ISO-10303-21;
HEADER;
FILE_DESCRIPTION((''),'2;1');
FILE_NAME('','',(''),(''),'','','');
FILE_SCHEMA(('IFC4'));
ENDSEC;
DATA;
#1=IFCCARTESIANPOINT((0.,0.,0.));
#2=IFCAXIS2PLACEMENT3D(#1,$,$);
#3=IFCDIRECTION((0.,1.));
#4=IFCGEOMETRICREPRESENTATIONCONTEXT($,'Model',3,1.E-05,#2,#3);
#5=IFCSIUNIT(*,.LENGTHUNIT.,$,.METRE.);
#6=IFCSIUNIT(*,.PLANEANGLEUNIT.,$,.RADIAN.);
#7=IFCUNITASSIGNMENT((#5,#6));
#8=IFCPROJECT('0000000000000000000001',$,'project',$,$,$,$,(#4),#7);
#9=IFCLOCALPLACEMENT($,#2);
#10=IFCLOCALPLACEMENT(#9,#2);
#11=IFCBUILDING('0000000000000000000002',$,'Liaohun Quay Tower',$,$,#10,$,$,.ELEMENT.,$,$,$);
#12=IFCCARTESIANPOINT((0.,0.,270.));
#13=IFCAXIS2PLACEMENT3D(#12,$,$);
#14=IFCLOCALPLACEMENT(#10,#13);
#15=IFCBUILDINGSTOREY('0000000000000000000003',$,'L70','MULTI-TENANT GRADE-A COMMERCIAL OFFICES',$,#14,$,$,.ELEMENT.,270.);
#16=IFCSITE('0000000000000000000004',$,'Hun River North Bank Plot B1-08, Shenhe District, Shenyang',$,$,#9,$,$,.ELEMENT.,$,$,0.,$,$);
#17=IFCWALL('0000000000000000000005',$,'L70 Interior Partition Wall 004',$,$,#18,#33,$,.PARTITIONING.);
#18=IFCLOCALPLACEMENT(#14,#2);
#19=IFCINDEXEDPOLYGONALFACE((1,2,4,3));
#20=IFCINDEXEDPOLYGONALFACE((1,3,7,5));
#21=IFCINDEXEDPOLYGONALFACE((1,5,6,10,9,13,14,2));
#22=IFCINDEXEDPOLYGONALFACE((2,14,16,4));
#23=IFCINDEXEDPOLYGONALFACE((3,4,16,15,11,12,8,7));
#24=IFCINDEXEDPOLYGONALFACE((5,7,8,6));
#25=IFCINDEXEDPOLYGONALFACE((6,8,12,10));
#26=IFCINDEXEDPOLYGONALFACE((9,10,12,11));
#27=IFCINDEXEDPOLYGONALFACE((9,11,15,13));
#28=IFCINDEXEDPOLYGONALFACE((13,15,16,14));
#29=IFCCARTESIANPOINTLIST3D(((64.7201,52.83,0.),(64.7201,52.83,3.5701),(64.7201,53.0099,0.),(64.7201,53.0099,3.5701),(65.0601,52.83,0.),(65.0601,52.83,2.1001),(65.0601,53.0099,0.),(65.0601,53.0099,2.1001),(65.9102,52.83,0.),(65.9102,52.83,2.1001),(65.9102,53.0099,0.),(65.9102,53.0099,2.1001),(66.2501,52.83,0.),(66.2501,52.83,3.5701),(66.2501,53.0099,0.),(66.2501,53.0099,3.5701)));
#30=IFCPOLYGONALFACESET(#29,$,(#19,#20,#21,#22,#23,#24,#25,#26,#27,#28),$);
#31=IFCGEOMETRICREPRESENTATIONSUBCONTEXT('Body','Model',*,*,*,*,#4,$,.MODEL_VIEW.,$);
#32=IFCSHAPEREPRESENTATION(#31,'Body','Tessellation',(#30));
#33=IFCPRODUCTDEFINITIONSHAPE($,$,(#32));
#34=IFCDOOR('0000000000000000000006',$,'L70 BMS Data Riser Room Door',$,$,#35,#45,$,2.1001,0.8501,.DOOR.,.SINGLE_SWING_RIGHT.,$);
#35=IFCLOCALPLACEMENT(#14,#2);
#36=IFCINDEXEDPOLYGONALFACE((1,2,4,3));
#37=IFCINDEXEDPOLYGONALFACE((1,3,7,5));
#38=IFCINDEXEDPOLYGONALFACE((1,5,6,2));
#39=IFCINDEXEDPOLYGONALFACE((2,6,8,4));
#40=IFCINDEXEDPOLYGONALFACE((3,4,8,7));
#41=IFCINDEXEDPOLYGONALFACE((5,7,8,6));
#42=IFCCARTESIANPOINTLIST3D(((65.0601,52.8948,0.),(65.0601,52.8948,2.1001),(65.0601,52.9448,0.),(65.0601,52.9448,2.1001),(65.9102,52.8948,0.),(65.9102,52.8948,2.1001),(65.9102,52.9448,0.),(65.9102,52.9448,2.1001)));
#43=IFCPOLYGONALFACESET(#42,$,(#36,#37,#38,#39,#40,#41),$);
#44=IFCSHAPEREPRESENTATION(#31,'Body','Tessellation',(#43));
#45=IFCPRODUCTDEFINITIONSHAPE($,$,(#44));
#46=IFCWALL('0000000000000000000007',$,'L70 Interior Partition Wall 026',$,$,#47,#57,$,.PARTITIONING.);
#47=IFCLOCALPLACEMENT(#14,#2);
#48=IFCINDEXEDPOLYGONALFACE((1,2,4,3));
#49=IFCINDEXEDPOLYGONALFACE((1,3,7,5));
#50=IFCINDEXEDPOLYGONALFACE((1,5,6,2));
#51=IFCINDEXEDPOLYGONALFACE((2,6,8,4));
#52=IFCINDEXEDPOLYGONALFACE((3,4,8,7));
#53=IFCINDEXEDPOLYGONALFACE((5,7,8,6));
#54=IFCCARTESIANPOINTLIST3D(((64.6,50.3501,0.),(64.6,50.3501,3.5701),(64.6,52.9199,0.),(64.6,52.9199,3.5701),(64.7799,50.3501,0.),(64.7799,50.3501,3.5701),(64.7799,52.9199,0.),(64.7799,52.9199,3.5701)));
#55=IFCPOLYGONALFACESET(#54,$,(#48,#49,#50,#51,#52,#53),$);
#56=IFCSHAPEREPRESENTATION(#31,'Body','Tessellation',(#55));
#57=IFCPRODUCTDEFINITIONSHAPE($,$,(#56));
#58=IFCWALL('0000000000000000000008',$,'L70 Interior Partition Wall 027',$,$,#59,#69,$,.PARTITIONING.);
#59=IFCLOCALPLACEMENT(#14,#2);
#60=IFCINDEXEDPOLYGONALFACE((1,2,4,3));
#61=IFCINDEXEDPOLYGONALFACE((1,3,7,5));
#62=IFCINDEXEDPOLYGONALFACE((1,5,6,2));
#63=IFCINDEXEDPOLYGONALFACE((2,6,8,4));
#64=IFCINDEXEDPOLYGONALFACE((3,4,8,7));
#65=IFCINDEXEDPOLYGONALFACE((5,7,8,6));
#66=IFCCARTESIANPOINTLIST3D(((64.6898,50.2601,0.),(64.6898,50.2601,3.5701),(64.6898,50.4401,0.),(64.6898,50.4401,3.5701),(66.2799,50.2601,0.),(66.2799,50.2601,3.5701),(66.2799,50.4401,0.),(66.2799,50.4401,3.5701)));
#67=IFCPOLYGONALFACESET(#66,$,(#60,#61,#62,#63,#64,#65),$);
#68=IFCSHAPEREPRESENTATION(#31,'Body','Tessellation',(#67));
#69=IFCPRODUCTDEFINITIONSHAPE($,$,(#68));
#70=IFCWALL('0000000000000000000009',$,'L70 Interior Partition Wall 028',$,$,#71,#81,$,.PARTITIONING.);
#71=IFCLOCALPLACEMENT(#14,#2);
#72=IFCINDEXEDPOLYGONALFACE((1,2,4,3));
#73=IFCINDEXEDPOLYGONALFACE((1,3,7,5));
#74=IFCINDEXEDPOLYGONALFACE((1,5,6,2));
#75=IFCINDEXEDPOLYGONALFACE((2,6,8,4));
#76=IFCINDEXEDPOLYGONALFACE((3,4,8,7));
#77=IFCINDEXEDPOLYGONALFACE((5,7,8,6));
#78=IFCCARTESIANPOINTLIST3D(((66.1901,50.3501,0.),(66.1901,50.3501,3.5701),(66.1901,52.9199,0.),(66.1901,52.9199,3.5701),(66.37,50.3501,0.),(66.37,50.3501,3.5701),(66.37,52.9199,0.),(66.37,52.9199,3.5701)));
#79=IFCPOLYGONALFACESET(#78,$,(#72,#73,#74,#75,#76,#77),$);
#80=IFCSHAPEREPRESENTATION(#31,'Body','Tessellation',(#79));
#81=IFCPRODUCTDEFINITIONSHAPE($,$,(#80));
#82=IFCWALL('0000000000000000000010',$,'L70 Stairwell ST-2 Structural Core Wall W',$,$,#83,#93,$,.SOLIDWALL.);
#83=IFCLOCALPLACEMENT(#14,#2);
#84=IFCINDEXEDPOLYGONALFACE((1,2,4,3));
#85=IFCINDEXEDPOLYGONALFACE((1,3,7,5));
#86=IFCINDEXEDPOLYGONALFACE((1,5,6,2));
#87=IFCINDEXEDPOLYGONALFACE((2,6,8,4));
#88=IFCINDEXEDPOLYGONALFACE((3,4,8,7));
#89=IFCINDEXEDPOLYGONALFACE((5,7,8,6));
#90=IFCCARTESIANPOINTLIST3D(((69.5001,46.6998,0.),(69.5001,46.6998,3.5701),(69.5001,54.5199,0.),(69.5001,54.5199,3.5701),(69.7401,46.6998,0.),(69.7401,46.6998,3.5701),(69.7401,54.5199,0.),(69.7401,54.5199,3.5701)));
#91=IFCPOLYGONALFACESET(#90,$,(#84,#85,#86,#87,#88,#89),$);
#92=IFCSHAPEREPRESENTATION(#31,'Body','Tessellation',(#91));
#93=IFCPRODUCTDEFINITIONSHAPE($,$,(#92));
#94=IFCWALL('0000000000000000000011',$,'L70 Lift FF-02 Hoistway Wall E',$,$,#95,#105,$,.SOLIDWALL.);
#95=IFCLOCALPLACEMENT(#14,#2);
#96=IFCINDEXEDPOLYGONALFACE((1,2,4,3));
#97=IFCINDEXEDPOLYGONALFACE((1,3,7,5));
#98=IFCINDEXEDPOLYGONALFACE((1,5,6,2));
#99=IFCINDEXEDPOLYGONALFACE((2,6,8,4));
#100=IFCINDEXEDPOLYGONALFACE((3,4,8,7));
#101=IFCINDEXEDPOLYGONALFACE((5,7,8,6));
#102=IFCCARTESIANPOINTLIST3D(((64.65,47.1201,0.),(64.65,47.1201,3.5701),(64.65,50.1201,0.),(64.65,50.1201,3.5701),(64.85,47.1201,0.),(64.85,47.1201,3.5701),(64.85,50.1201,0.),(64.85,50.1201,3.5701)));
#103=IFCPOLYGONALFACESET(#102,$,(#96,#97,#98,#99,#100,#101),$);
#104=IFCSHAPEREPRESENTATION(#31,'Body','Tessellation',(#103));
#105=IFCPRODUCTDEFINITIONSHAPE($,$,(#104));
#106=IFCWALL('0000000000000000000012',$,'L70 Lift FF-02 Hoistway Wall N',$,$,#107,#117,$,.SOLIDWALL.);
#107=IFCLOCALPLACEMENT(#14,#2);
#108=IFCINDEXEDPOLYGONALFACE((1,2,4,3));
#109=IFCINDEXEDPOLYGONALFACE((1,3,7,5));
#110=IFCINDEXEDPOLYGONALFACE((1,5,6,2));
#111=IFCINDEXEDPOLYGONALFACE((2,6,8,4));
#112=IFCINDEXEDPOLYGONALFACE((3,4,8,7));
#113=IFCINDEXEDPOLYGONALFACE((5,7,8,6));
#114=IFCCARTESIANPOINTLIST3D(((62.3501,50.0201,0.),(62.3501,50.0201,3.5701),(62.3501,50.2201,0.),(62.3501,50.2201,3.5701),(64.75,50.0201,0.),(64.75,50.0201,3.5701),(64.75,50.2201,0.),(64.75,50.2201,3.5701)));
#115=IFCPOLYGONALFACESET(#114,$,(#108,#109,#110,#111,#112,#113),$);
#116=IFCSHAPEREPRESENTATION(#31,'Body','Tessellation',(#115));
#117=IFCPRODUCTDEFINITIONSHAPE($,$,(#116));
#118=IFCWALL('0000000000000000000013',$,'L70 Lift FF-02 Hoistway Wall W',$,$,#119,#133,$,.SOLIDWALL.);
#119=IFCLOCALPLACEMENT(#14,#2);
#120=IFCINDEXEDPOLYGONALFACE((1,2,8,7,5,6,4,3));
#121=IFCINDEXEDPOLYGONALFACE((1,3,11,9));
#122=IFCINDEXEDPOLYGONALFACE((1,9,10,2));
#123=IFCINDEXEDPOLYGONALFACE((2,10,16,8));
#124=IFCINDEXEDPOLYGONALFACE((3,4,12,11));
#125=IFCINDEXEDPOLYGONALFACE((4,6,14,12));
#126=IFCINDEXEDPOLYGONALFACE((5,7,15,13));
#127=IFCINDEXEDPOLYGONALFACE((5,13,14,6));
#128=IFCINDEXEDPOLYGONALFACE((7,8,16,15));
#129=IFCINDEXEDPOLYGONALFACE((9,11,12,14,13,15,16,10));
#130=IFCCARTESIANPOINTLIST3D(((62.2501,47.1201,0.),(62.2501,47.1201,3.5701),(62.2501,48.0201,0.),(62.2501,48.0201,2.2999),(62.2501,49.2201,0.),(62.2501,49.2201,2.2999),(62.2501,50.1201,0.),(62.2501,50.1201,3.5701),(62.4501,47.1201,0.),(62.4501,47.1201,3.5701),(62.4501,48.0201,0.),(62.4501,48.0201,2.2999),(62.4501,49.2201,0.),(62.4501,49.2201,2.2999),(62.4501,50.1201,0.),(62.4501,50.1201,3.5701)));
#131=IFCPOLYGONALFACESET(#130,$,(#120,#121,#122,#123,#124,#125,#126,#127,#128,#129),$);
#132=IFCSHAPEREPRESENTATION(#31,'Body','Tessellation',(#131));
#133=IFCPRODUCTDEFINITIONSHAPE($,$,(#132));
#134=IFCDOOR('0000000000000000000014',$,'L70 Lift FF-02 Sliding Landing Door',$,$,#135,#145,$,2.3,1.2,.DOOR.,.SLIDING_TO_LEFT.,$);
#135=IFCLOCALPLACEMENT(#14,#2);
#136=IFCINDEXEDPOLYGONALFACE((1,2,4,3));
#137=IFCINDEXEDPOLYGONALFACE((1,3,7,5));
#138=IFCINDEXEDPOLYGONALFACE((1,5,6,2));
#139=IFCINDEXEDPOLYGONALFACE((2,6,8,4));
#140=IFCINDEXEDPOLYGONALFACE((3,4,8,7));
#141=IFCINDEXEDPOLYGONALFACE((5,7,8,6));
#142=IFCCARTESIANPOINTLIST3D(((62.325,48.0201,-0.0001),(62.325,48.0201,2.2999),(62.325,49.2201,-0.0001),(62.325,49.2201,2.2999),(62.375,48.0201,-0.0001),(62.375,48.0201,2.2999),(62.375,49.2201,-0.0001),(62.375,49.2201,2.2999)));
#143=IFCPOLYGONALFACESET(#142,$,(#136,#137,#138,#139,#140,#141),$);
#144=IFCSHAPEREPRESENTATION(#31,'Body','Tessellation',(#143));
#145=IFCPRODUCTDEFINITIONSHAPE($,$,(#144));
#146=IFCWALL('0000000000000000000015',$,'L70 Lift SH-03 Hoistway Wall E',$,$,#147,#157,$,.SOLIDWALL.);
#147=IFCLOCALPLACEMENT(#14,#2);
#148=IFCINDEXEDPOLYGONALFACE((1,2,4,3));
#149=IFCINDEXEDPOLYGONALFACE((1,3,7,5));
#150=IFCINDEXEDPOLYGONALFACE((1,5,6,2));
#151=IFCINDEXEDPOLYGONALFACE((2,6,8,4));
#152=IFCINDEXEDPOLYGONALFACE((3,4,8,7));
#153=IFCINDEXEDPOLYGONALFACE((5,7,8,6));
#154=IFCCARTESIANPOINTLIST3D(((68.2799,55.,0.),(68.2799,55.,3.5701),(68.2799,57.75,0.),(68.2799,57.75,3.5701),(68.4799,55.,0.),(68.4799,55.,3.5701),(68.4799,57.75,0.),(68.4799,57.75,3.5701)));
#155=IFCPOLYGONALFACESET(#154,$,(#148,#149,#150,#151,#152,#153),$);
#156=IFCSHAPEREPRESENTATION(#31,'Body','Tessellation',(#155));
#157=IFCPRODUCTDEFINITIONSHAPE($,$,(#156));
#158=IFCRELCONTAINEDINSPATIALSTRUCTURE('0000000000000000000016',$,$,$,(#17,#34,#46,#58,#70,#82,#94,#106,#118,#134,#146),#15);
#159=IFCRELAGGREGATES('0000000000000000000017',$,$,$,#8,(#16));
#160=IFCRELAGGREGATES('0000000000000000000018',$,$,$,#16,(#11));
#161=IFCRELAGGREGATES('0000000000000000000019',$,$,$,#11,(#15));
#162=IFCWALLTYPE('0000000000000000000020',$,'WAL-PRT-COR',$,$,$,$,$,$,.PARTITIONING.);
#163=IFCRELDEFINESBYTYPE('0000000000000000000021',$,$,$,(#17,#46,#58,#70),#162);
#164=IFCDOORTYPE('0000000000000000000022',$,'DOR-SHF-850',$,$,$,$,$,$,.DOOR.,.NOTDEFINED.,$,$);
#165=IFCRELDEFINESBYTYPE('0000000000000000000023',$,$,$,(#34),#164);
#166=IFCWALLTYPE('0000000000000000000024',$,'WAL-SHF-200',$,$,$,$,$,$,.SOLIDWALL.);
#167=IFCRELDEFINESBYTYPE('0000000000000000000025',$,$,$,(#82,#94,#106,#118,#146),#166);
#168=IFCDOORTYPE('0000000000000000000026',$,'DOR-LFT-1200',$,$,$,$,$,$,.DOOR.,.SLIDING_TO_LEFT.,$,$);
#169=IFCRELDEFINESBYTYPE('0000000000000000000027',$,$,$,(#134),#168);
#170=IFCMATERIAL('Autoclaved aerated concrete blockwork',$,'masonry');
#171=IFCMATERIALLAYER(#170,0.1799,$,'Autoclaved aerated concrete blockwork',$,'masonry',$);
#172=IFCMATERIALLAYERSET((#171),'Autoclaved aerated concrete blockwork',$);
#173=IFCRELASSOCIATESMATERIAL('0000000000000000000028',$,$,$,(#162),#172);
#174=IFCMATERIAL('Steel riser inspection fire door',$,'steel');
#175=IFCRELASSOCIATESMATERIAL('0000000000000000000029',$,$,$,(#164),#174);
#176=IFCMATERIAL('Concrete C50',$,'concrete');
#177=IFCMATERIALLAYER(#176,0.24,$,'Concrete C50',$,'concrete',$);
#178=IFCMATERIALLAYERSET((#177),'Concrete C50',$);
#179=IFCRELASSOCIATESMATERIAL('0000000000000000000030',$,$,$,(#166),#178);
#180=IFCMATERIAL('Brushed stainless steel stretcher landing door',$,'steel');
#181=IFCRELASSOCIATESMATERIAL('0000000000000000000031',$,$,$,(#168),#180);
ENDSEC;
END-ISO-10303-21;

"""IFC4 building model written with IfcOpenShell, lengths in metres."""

from ifc_helpers import new_model, si_unit, direction, frame, frame_2d, origin, place, context, subcontext, project, spatial, rectangle, extrude, source, transform, mapped, material, layer, layer_set, type_object, element, fill, save


model = new_model("IFC4")

# Units and contexts
model_context = context("Model", 3, precision=1e-05, world=origin(), true_north=direction((0.0, 1.0)))
body_context = subcontext(model_context, "Body", "Model", "MODEL_VIEW")
ifc_project = project(units=[si_unit("LENGTHUNIT", "METRE"), si_unit("PLANEANGLEUNIT", "RADIAN")], contexts=[model_context])

# Site, building, storey
site_placement = place(None, origin())
site = spatial("IfcSite", under=ifc_project, at=site_placement, Name="Hun River North Bank Plot B1-08, Shenhe District, Shenyang", CompositionType="ELEMENT", RefElevation=0.0)
building_placement = place(site_placement, origin())
building = spatial("IfcBuilding", under=site, at=building_placement, Name="Liaohun Quay Tower", CompositionType="ELEMENT")
storey_placement = place(building_placement, frame((0.0, 0.0, 270.0)))
storey = spatial("IfcBuildingStorey", under=building, at=storey_placement, Name="L70", Description="MULTI-TENANT GRADE-A COMMERCIAL OFFICES", CompositionType="ELEMENT", Elevation=270.0)

# Wall, opening, door
ifc_material_1 = material(Name="Autoclaved aerated concrete blockwork", Category="masonry")
ifc_layer_1 = layer(ifc_material_1, 0.1799, Name="Autoclaved aerated concrete blockwork", Category="masonry")
ifc_layer_set_1 = layer_set([ifc_layer_1], Name="Autoclaved aerated concrete blockwork")
wall_type_1 = type_object("IfcWallType", Name="WAL-PRT-COR", PredefinedType="PARTITIONING", material=ifc_layer_set_1)
wall_1_placement = place(storey_placement, frame((64.72, 52.9199, 0.0), z_axis=(0.0, 0.0, 1.0), x_axis=(1.0, 0.0, 0.0)))
wall_1 = element("IfcWall", 1, at=wall_1_placement, inside=storey, type_object=wall_type_1, Name="L70 Interior Partition Wall 004", PredefinedType="PARTITIONING", context=body_context, shape_type="SweptSolid", body=[
    extrude(rectangle(XDim=1.53, YDim=0.1799, at=frame_2d((0.7651, 0.0))), origin(), (0.0, 0.0, 1.0), 3.5701),
])
shared_shape_1 = source(origin(), body_context, "Body", "SweptSolid", [
    extrude(rectangle(XDim=0.8501, YDim=2.1001, at=frame_2d((0.425, 1.05))), frame((0.0, 0.0999, 0.0), z_axis=(0.0, -1.0, 0.0), x_axis=(1.0, 0.0, 0.0)), (0.0, 0.0, 1.0), 0.2),
])
opening_1_placement = place(wall_1_placement, frame((0.3401, 0.0, 0.0)))
opening_1 = element("IfcOpeningElement", 2, at=opening_1_placement, cuts=wall_1, PredefinedType="OPENING", context=body_context, shape_type="MappedRepresentation", body=[
    mapped(shared_shape_1, transform((0.0, 0.0, 0.0), x_axis=(1.0, 0.0, 0.0), y_axis=(0.0, 1.0, 0.0), z_axis=(0.0, 0.0, 1.0), scale=1.0)),
])
ifc_material_2 = material(Name="Steel riser inspection fire door", Category="steel")
door_type_1 = type_object("IfcDoorType", Name="DOR-SHF-850", OperationType="NOTDEFINED", PredefinedType="DOOR", material=ifc_material_2)
shared_shape_2 = source(origin(), body_context, "Body", "SweptSolid", [
    extrude(rectangle(XDim=0.8501, YDim=2.1001, at=frame_2d((0.425, 1.05))), frame((0.0, 0.0249, 0.0), z_axis=(0.0, -1.0, 0.0), x_axis=(1.0, 0.0, 0.0)), (0.0, 0.0, 1.0), 0.05),
])
door_1_placement = place(opening_1_placement, origin())
door_1 = element("IfcDoor", 3, at=door_1_placement, inside=storey, type_object=door_type_1, Name="L70 BMS Data Riser Room Door", OperationType="SINGLE_SWING_RIGHT", OverallHeight=2.1001, OverallWidth=0.8501, PredefinedType="DOOR", context=body_context, shape_type="MappedRepresentation", body=[
    mapped(shared_shape_2, transform((0.0, 0.0, 0.0), x_axis=(1.0, 0.0, 0.0), y_axis=(0.0, 1.0, 0.0), z_axis=(0.0, 0.0, 1.0), scale=1.0)),
])
fill(opening_1, door_1)

# Walls
wall_2_placement = place(storey_placement, frame((64.6899, 50.3501, 0.0), z_axis=(0.0, 0.0, 1.0), x_axis=(0.0, 1.0, 0.0)))
element("IfcWall", 4, at=wall_2_placement, inside=storey, type_object=wall_type_1, Name="L70 Interior Partition Wall 026", PredefinedType="PARTITIONING", context=body_context, shape_type="SweptSolid", body=[
    extrude(rectangle(XDim=2.5698, YDim=0.1799, at=frame_2d((1.2849, 0.0))), origin(), (0.0, 0.0, 1.0), 3.5701),
])
wall_3_placement = place(storey_placement, frame((64.6899, 50.3501, 0.0), z_axis=(0.0, 0.0, 1.0), x_axis=(1.0, 0.0, 0.0)))
element("IfcWall", 5, at=wall_3_placement, inside=storey, type_object=wall_type_1, Name="L70 Interior Partition Wall 027", PredefinedType="PARTITIONING", context=body_context, shape_type="SweptSolid", body=[
    extrude(rectangle(XDim=1.5901, YDim=0.1799, at=frame_2d((0.7949, 0.0))), origin(), (0.0, 0.0, 1.0), 3.5701),
])
wall_4_placement = place(storey_placement, frame((66.28, 50.3501, 0.0), z_axis=(0.0, 0.0, 1.0), x_axis=(0.0, 1.0, 0.0)))
element("IfcWall", 6, at=wall_4_placement, inside=storey, type_object=wall_type_1, Name="L70 Interior Partition Wall 028", PredefinedType="PARTITIONING", context=body_context, shape_type="SweptSolid", body=[
    extrude(rectangle(XDim=2.5698, YDim=0.1799, at=frame_2d((1.2849, 0.0))), origin(), (0.0, 0.0, 1.0), 3.5701),
])
ifc_material_3 = material(Name="Concrete C50", Category="concrete")
ifc_layer_2 = layer(ifc_material_3, 0.24, Name="Concrete C50", Category="concrete")
ifc_layer_set_2 = layer_set([ifc_layer_2], Name="Concrete C50")
wall_type_2 = type_object("IfcWallType", Name="WAL-SHF-200", PredefinedType="SOLIDWALL", material=ifc_layer_set_2)
wall_5_placement = place(storey_placement, frame((69.6201, 54.52, 0.0), z_axis=(0.0, 0.0, 1.0), x_axis=(0.0, -1.0, 0.0)))
element("IfcWall", 7, at=wall_5_placement, inside=storey, type_object=wall_type_2, Name="L70 Stairwell ST-2 Structural Core Wall W", PredefinedType="SOLIDWALL", context=body_context, shape_type="SweptSolid", body=[
    extrude(rectangle(XDim=7.8201, YDim=0.24, at=frame_2d((3.9102, 0.0))), origin(), (0.0, 0.0, 1.0), 3.5701),
])
wall_6_placement = place(storey_placement, frame((64.75, 47.1201, 0.0), z_axis=(0.0, 0.0, 1.0), x_axis=(0.0, 1.0, 0.0)))
element("IfcWall", 8, at=wall_6_placement, inside=storey, type_object=wall_type_2, Name="L70 Lift FF-02 Hoistway Wall E", PredefinedType="SOLIDWALL", context=body_context, shape_type="SweptSolid", body=[
    extrude(rectangle(XDim=3.0, YDim=0.2, at=frame_2d((1.5, 0.0))), origin(), (0.0, 0.0, 1.0), 3.5701),
])
wall_7_placement = place(storey_placement, frame((64.75, 50.1201, 0.0), z_axis=(0.0, 0.0, 1.0), x_axis=(-1.0, 0.0, 0.0)))
element("IfcWall", 9, at=wall_7_placement, inside=storey, type_object=wall_type_2, Name="L70 Lift FF-02 Hoistway Wall N", PredefinedType="SOLIDWALL", context=body_context, shape_type="SweptSolid", body=[
    extrude(rectangle(XDim=2.3999, YDim=0.2, at=frame_2d((1.2, 0.0))), origin(), (0.0, 0.0, 1.0), 3.5701),
])

# Wall, opening, door
wall_8_placement = place(storey_placement, frame((62.3501, 50.1201, 0.0), z_axis=(0.0, 0.0, 1.0), x_axis=(0.0, -1.0, 0.0)))
wall_8 = element("IfcWall", 10, at=wall_8_placement, inside=storey, type_object=wall_type_2, Name="L70 Lift FF-02 Hoistway Wall W", PredefinedType="SOLIDWALL", context=body_context, shape_type="SweptSolid", body=[
    extrude(rectangle(XDim=3.0, YDim=0.2, at=frame_2d((1.5, 0.0))), origin(), (0.0, 0.0, 1.0), 3.5701),
])
shared_shape_3 = source(origin(), body_context, "Body", "SweptSolid", [
    extrude(rectangle(XDim=1.2, YDim=2.3, at=frame_2d((0.6001, 1.1499))), frame((0.0, 0.1099, 0.0), z_axis=(0.0, -1.0, 0.0), x_axis=(1.0, 0.0, 0.0)), (0.0, 0.0, 1.0), 0.22),
])
opening_2_placement = place(wall_8_placement, frame((0.8999, 0.0, 0.0)))
opening_2 = element("IfcOpeningElement", 11, at=opening_2_placement, cuts=wall_8, PredefinedType="OPENING", context=body_context, shape_type="MappedRepresentation", body=[
    mapped(shared_shape_3, transform((0.0, 0.0, 0.0), x_axis=(1.0, 0.0, 0.0), y_axis=(0.0, 1.0, 0.0), z_axis=(0.0, 0.0, 1.0), scale=1.0)),
])
ifc_material_4 = material(Name="Brushed stainless steel stretcher landing door", Category="steel")
door_type_2 = type_object("IfcDoorType", Name="DOR-LFT-1200", OperationType="SLIDING_TO_LEFT", PredefinedType="DOOR", material=ifc_material_4)
shared_shape_4 = source(origin(), body_context, "Body", "SweptSolid", [
    extrude(rectangle(XDim=1.2, YDim=2.3, at=frame_2d((0.6001, 1.1499))), frame((0.0, 0.0249, 0.0), z_axis=(0.0, -1.0, 0.0), x_axis=(1.0, 0.0, 0.0)), (0.0, 0.0, 1.0), 0.05),
])
door_2_placement = place(opening_2_placement, origin())
door_2 = element("IfcDoor", 12, at=door_2_placement, inside=storey, type_object=door_type_2, Name="L70 Lift FF-02 Sliding Landing Door", OperationType="SLIDING_TO_LEFT", OverallHeight=2.3, OverallWidth=1.2, PredefinedType="DOOR", context=body_context, shape_type="MappedRepresentation", body=[
    mapped(shared_shape_4, transform((0.0, 0.0, 0.0), x_axis=(1.0, 0.0, 0.0), y_axis=(0.0, 1.0, 0.0), z_axis=(0.0, 0.0, 1.0), scale=1.0)),
])
fill(opening_2, door_2)

# Wall
wall_9_placement = place(storey_placement, frame((68.3799, 55.0, 0.0), z_axis=(0.0, 0.0, 1.0), x_axis=(0.0, 1.0, 0.0)))
element("IfcWall", 13, at=wall_9_placement, inside=storey, type_object=wall_type_2, Name="L70 Lift SH-03 Hoistway Wall E", PredefinedType="SOLIDWALL", context=body_context, shape_type="SweptSolid", body=[
    extrude(rectangle(XDim=2.75, YDim=0.2, at=frame_2d((1.375, 0.0))), origin(), (0.0, 0.0, 1.0), 3.5701),
])

save(model, "model.ifc")
